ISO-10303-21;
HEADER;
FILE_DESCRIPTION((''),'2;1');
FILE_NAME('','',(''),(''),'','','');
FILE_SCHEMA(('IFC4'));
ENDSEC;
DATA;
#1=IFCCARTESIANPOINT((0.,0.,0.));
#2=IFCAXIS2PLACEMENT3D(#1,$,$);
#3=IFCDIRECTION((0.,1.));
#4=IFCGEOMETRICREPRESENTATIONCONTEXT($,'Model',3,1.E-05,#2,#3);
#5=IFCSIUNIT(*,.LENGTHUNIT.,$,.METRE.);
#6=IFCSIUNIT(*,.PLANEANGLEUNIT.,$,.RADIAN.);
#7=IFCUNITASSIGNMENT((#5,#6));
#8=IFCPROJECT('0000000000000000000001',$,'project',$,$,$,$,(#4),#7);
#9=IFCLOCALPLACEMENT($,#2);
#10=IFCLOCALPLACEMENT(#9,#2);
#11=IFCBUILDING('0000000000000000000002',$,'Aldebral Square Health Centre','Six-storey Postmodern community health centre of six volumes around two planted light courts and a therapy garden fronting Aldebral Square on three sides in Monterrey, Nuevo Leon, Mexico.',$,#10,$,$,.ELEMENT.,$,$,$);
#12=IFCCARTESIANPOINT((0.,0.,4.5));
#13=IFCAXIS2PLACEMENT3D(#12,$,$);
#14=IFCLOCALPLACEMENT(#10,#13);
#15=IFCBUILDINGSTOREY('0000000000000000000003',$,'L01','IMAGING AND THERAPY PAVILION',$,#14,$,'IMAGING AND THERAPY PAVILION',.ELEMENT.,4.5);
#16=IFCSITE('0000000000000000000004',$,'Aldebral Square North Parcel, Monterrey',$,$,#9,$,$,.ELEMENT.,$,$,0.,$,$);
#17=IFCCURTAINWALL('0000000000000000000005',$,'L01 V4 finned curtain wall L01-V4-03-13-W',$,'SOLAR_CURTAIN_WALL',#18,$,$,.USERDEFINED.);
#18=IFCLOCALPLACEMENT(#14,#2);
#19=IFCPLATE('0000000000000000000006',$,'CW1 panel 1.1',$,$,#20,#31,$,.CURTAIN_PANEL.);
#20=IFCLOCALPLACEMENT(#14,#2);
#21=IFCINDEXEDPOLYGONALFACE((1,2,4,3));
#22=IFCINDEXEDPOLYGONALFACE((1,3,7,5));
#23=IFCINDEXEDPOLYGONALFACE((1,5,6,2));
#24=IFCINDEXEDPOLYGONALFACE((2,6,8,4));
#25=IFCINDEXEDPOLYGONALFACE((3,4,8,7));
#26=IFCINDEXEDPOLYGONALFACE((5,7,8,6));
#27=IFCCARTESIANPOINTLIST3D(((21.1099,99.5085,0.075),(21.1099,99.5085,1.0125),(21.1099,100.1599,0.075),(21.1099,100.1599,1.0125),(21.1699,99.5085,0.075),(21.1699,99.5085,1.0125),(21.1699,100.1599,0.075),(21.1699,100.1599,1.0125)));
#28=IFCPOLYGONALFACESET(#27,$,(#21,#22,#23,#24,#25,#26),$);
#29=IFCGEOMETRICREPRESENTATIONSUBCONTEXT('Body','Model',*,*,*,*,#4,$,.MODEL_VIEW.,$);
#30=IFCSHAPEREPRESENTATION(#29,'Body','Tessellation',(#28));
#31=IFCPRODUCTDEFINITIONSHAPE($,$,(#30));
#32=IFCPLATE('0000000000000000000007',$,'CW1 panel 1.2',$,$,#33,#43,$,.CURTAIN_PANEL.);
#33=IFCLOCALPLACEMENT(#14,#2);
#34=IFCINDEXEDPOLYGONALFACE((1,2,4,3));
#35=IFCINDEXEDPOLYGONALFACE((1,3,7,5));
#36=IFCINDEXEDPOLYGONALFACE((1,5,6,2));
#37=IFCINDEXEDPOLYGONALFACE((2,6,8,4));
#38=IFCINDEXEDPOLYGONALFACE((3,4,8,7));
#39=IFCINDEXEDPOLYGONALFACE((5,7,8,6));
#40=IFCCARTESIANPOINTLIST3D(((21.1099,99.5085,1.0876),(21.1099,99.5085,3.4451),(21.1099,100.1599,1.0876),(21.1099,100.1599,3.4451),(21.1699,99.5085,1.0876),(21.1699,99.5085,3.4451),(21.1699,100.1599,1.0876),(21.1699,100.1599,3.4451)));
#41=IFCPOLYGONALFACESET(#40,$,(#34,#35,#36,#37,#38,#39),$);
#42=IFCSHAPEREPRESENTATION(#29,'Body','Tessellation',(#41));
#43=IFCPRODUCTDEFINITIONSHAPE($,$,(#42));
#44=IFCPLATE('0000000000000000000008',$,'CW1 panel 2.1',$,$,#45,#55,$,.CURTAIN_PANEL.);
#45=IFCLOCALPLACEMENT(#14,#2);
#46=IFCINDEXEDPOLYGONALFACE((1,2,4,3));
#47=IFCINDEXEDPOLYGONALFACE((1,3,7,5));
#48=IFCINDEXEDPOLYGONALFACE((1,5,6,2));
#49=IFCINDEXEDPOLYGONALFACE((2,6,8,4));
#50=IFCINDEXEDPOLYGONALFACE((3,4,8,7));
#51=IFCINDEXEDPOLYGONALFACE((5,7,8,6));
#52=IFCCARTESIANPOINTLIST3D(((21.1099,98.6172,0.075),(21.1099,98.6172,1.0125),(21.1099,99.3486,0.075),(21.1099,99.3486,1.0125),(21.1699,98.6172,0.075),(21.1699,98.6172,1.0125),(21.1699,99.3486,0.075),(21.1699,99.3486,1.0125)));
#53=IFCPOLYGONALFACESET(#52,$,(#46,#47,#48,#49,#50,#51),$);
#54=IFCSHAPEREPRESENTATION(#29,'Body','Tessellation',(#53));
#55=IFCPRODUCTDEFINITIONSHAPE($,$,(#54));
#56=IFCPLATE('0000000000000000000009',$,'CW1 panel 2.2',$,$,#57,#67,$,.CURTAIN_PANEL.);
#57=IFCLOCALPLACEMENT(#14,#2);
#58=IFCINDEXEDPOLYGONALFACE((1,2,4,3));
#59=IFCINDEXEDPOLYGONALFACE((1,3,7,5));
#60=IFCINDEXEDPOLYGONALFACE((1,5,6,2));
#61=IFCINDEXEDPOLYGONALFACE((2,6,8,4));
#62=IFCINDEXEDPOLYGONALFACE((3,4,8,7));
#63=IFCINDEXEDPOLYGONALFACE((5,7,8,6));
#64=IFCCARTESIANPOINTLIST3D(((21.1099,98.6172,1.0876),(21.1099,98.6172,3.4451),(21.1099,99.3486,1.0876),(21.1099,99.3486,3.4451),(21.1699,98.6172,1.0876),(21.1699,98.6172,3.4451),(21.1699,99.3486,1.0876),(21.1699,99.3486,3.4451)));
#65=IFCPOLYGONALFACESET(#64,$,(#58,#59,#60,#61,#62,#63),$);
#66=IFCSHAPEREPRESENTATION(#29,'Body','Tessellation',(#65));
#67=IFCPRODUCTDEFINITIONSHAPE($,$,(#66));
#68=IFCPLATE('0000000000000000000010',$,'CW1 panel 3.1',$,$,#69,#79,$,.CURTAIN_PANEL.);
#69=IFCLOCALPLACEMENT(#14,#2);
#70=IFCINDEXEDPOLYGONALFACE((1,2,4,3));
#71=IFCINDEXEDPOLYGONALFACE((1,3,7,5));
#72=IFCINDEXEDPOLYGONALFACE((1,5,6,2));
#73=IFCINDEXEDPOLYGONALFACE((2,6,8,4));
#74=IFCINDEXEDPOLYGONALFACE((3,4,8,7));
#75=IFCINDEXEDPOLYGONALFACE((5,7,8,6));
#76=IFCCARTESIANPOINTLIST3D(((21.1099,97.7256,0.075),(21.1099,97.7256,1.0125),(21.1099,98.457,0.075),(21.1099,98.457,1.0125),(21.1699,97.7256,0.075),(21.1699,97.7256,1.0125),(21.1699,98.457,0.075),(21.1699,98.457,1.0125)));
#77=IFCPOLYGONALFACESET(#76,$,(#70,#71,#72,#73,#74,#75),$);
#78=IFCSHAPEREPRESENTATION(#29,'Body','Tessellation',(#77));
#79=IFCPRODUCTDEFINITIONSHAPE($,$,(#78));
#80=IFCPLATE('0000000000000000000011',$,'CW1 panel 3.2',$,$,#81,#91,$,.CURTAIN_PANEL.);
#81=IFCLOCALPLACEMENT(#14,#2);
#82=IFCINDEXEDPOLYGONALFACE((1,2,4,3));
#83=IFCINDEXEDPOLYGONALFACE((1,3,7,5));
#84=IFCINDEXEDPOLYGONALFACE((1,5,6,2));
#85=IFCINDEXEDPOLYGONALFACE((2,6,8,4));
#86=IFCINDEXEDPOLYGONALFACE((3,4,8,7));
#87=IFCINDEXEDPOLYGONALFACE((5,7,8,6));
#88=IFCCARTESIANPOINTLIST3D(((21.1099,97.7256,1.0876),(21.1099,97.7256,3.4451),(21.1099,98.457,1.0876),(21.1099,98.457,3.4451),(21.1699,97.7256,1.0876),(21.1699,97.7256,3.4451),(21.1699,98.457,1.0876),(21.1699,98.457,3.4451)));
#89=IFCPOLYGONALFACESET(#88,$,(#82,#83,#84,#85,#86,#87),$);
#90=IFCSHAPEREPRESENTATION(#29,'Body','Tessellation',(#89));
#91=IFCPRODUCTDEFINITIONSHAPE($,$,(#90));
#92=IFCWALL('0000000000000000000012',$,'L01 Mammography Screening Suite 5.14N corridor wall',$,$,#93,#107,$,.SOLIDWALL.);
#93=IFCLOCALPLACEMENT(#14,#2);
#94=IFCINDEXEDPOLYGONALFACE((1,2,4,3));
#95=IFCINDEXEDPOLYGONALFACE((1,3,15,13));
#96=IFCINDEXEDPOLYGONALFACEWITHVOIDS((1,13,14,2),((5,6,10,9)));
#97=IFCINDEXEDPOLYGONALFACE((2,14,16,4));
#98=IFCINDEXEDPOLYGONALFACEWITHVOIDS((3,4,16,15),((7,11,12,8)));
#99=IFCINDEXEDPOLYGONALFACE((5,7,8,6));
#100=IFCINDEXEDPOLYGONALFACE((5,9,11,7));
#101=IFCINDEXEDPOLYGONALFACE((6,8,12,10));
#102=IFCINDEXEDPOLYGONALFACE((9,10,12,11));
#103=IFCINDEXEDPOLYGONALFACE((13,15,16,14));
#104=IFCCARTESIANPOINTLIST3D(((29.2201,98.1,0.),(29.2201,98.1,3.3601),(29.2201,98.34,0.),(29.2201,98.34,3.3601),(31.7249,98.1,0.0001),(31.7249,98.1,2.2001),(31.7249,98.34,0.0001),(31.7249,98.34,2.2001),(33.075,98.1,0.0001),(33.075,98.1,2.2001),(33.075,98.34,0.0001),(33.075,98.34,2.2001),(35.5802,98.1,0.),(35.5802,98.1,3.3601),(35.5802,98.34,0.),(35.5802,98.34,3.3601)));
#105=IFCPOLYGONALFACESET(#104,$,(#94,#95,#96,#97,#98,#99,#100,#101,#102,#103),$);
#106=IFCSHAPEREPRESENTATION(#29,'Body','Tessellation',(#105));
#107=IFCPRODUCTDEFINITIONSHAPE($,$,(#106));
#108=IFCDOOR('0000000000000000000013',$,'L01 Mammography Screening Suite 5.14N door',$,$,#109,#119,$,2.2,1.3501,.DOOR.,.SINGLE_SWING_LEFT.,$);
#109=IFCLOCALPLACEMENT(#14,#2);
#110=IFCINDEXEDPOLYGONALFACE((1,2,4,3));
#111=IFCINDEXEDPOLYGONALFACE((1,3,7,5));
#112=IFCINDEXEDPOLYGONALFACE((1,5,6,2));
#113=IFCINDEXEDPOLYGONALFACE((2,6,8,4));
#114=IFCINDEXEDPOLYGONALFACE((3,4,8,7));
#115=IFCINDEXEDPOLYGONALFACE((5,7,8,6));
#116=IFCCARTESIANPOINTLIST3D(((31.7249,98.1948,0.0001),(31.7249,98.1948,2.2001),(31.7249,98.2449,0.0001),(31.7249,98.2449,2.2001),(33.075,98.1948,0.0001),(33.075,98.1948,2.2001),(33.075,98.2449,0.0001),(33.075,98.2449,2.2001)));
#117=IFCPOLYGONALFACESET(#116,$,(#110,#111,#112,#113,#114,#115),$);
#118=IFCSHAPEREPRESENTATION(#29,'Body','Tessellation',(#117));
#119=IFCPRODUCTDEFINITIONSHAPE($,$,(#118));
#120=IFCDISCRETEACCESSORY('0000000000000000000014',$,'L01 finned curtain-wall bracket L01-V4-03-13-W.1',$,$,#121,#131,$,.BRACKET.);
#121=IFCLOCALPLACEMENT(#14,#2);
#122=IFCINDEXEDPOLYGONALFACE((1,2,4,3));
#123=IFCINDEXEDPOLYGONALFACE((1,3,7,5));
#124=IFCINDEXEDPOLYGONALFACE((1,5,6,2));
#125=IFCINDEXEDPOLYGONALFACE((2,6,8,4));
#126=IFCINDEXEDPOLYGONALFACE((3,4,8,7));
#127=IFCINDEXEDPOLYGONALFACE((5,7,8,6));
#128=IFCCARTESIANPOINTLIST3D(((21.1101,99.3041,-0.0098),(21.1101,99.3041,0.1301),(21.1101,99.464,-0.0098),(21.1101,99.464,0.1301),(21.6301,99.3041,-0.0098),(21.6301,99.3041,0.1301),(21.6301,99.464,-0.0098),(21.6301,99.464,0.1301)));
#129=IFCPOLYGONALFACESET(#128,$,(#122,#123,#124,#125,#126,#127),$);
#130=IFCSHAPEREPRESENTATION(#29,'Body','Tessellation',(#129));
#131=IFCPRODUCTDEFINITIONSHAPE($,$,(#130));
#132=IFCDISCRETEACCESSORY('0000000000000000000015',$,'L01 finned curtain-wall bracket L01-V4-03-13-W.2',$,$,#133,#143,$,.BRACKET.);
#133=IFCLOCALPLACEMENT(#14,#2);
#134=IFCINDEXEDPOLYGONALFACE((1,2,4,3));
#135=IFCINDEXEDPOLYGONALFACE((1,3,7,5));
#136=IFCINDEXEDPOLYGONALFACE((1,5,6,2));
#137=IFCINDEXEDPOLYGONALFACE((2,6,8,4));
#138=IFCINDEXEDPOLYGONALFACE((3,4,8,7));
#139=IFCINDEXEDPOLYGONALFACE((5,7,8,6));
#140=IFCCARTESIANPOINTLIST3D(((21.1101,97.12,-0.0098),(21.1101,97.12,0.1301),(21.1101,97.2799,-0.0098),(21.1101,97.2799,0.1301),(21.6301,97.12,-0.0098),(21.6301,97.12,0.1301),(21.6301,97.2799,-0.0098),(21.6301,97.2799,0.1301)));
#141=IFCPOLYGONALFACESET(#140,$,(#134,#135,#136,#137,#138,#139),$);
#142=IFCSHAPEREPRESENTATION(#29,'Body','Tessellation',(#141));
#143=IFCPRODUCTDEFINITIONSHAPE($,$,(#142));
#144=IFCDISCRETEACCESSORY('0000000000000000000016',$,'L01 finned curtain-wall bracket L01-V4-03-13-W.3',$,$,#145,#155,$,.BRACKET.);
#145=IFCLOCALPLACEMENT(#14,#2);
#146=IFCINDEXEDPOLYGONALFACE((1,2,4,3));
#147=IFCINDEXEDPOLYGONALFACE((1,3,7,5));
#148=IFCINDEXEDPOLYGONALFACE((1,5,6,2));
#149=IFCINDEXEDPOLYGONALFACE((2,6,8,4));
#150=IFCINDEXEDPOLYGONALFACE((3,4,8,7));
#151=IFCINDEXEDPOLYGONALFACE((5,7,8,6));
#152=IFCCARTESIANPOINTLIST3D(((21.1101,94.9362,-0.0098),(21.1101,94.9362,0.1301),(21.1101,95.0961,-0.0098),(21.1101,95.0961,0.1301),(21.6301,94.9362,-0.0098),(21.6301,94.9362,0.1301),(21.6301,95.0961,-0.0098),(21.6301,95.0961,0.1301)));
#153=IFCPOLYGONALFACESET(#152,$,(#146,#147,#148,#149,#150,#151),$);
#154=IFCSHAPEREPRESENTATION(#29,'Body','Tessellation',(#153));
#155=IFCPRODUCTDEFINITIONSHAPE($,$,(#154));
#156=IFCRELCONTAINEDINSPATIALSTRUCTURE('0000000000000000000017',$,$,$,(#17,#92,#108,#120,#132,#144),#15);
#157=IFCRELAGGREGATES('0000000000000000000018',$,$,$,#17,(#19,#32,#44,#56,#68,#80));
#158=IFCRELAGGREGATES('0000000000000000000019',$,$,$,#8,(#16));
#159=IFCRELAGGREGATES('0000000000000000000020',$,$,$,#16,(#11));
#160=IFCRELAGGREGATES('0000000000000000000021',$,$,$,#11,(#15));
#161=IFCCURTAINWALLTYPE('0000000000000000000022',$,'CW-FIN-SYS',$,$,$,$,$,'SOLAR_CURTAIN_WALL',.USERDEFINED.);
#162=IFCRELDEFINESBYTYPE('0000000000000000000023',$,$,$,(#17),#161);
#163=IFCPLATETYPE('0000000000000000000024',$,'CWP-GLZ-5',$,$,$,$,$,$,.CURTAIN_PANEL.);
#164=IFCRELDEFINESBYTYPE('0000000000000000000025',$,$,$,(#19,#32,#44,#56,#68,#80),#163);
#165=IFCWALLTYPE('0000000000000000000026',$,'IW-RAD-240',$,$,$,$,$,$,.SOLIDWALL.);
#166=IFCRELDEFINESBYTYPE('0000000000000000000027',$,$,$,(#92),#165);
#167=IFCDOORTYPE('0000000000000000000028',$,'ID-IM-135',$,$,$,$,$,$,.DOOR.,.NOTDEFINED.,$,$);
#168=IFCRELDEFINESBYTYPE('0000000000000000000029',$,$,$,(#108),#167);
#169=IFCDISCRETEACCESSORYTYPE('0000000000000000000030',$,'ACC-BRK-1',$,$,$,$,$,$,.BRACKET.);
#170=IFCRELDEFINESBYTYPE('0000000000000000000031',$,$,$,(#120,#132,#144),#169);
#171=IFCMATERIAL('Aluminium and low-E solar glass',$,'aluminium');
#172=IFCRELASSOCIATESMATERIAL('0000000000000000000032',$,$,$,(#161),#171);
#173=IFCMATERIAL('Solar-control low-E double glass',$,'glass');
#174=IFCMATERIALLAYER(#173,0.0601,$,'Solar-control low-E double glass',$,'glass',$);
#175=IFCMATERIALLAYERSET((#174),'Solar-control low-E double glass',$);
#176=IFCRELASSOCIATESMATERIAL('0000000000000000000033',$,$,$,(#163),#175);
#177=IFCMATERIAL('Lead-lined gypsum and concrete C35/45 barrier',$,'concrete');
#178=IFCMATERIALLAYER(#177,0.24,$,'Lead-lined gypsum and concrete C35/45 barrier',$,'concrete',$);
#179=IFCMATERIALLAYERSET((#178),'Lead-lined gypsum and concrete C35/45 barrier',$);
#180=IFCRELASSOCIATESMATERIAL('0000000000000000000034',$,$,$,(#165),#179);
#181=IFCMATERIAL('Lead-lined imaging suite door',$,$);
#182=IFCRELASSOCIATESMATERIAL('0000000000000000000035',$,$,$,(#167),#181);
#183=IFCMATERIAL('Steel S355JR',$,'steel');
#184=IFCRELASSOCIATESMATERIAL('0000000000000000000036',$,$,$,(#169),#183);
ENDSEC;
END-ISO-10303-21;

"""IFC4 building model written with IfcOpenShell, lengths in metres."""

from ifc_helpers import new_model, si_unit, direction, frame, frame_2d, origin, origin_2d, place, context, subcontext, project, spatial, rectangle, extrude, material, layer, layer_set, type_object, element, fill, aggregate, save


model = new_model("IFC4")

# Units and contexts
model_context = context("Model", 3, precision=1e-05, world=origin(), true_north=direction((0.0, 1.0)))
body_context = subcontext(model_context, "Body", "Model", "MODEL_VIEW")
ifc_project = project(units=[si_unit("LENGTHUNIT", "METRE"), si_unit("PLANEANGLEUNIT", "RADIAN")], contexts=[model_context])

# Site, building, storey
site_placement = place(None, origin())
site = spatial("IfcSite", under=ifc_project, at=site_placement, Name="Aldebral Square North Parcel, Monterrey", CompositionType="ELEMENT", RefElevation=0.0)
building_placement = place(site_placement, origin())
building = spatial("IfcBuilding", under=site, at=building_placement, Name="Aldebral Square Health Centre", Description="Six-storey Postmodern community health centre of six volumes around two planted light courts and a therapy garden fronting Aldebral Square on three sides in Monterrey, Nuevo Leon, Mexico.", CompositionType="ELEMENT")
storey_placement = place(building_placement, frame((0.0, 0.0, 4.5)))
storey = spatial("IfcBuildingStorey", under=building, at=storey_placement, Name="L01", Description="IMAGING AND THERAPY PAVILION", LongName="IMAGING AND THERAPY PAVILION", CompositionType="ELEMENT", Elevation=4.5)

# Curtain wall, plates
ifc_material_1 = material(Name="Aluminium and low-E solar glass", Category="aluminium")
curtain_wall_type = type_object("IfcCurtainWallType", Name="CW-FIN-SYS", ElementType="SOLAR_CURTAIN_WALL", PredefinedType="USERDEFINED", material=ifc_material_1)
curtain_wall_placement = place(storey_placement, origin())
curtain_wall = element("IfcCurtainWall", 1, at=curtain_wall_placement, inside=storey, type_object=curtain_wall_type, Name="L01 V4 finned curtain wall L01-V4-03-13-W", ObjectType="SOLAR_CURTAIN_WALL", PredefinedType="USERDEFINED")
ifc_material_2 = material(Name="Solar-control low-E double glass", Category="glass")
ifc_layer_1 = layer(ifc_material_2, 0.0601, Name="Solar-control low-E double glass", Category="glass")
ifc_layer_set_1 = layer_set([ifc_layer_1], Name="Solar-control low-E double glass")
plate_type = type_object("IfcPlateType", Name="CWP-GLZ-5", PredefinedType="CURTAIN_PANEL", material=ifc_layer_set_1)
plate_1_placement = place(storey_placement, frame((21.1399, 99.8342, 0.075), z_axis=(0.0, 0.0, 1.0), x_axis=(0.0, -1.0, 0.0)))
plate_1 = element("IfcPlate", 2, at=plate_1_placement, type_object=plate_type, Name="CW1 panel 1.1", PredefinedType="CURTAIN_PANEL", context=body_context, shape_type="SweptSolid", body=[
    extrude(rectangle(XDim=0.6514, YDim=0.0601, at=origin_2d()), origin(), (0.0, 0.0, 1.0), 0.9375),
])
plate_2_placement = place(storey_placement, frame((21.1399, 99.8342, 1.0876), z_axis=(0.0, 0.0, 1.0), x_axis=(0.0, -1.0, 0.0)))
plate_2 = element("IfcPlate", 3, at=plate_2_placement, type_object=plate_type, Name="CW1 panel 1.2", PredefinedType="CURTAIN_PANEL", context=body_context, shape_type="SweptSolid", body=[
    extrude(rectangle(XDim=0.6514, YDim=0.0601, at=origin_2d()), origin(), (0.0, 0.0, 1.0), 2.3574),
])
plate_3_placement = place(storey_placement, frame((21.1399, 98.9829, 0.075), z_axis=(0.0, 0.0, 1.0), x_axis=(0.0, -1.0, 0.0)))
plate_3 = element("IfcPlate", 4, at=plate_3_placement, type_object=plate_type, Name="CW1 panel 2.1", PredefinedType="CURTAIN_PANEL", context=body_context, shape_type="SweptSolid", body=[
    extrude(rectangle(XDim=0.7314, YDim=0.0601, at=origin_2d()), origin(), (0.0, 0.0, 1.0), 0.9375),
])
plate_4_placement = place(storey_placement, frame((21.1399, 98.9829, 1.0876), z_axis=(0.0, 0.0, 1.0), x_axis=(0.0, -1.0, 0.0)))
plate_4 = element("IfcPlate", 5, at=plate_4_placement, type_object=plate_type, Name="CW1 panel 2.2", PredefinedType="CURTAIN_PANEL", context=body_context, shape_type="SweptSolid", body=[
    extrude(rectangle(XDim=0.7314, YDim=0.0601, at=origin_2d()), origin(), (0.0, 0.0, 1.0), 2.3574),
])
plate_5_placement = place(storey_placement, frame((21.1399, 98.0913, 0.075), z_axis=(0.0, 0.0, 1.0), x_axis=(0.0, -1.0, 0.0)))
plate_5 = element("IfcPlate", 6, at=plate_5_placement, type_object=plate_type, Name="CW1 panel 3.1", PredefinedType="CURTAIN_PANEL", context=body_context, shape_type="SweptSolid", body=[
    extrude(rectangle(XDim=0.7314, YDim=0.0601, at=origin_2d()), origin(), (0.0, 0.0, 1.0), 0.9375),
])
plate_6_placement = place(storey_placement, frame((21.1399, 98.0913, 1.0876), z_axis=(0.0, 0.0, 1.0), x_axis=(0.0, -1.0, 0.0)))
plate_6 = element("IfcPlate", 7, at=plate_6_placement, type_object=plate_type, Name="CW1 panel 3.2", PredefinedType="CURTAIN_PANEL", context=body_context, shape_type="SweptSolid", body=[
    extrude(rectangle(XDim=0.7314, YDim=0.0601, at=origin_2d()), origin(), (0.0, 0.0, 1.0), 2.3574),
])
aggregate(curtain_wall, [plate_1, plate_2, plate_3, plate_4, plate_5, plate_6])

# Wall, opening, door
ifc_material_3 = material(Name="Lead-lined gypsum and concrete C35/45 barrier", Category="concrete")
ifc_layer_2 = layer(ifc_material_3, 0.24, Name="Lead-lined gypsum and concrete C35/45 barrier", Category="concrete")
ifc_layer_set_2 = layer_set([ifc_layer_2], Name="Lead-lined gypsum and concrete C35/45 barrier")
wall_type = type_object("IfcWallType", Name="IW-RAD-240", PredefinedType="SOLIDWALL", material=ifc_layer_set_2)
wall_1_placement = place(storey_placement, frame((29.22, 98.22, 0.0), z_axis=(0.0, 0.0, 1.0), x_axis=(1.0, 0.0, 0.0)))
wall_1 = element("IfcWall", 8, at=wall_1_placement, inside=storey, type_object=wall_type, Name="L01 Mammography Screening Suite 5.14N corridor wall", PredefinedType="SOLIDWALL", context=body_context, shape_type="SweptSolid", body=[
    extrude(rectangle(XDim=6.3601, YDim=0.24, at=frame_2d((3.1802, 0.0))), origin(), (0.0, 0.0, 1.0), 3.3601),
])
opening_1_placement = place(wall_1_placement, frame((2.5049, 0.0, 0.0)))
opening_1 = element("IfcOpeningElement", 9, at=opening_1_placement, cuts=wall_1, PredefinedType="OPENING", context=body_context, shape_type="SweptSolid", body=[
    extrude(rectangle(XDim=1.3501, YDim=2.2, at=frame_2d((0.675, 1.1001))), frame((0.0, 0.1299, 0.0), z_axis=(0.0, -1.0, 0.0), x_axis=(1.0, 0.0, 0.0)), (0.0, 0.0, 1.0), 0.26),
])
ifc_material_4 = material(Name="Lead-lined imaging suite door")
door_type_1 = type_object("IfcDoorType", Name="ID-IM-135", OperationType="NOTDEFINED", PredefinedType="DOOR", material=ifc_material_4)
door_1_placement = place(opening_1_placement, origin())
door_1 = element("IfcDoor", 10, at=door_1_placement, inside=storey, type_object=door_type_1, Name="L01 Mammography Screening Suite 5.14N door", OperationType="SINGLE_SWING_LEFT", OverallHeight=2.2, OverallWidth=1.3501, PredefinedType="DOOR", context=body_context, shape_type="SweptSolid", body=[
    extrude(rectangle(XDim=1.3501, YDim=2.2, at=frame_2d((0.675, 1.1001))), frame((0.0, 0.0249, 0.0), z_axis=(0.0, -1.0, 0.0), x_axis=(1.0, 0.0, 0.0)), (0.0, 0.0, 1.0), 0.05),
])
fill(opening_1, door_1)

# Discrete accessories
ifc_material_5 = material(Name="Steel S355JR", Category="steel")
discrete_accessory_type = type_object("IfcDiscreteAccessoryType", Name="ACC-BRK-1", PredefinedType="BRACKET", material=ifc_material_5)
for number, where, z_axis, x_axis, name in (
    (11, (21.3701, 99.384, -0.0098), (0.0, 0.0, 1.0), (0.0, 1.0, 0.0), "L01 finned curtain-wall bracket L01-V4-03-13-W.1"),
    (12, (21.3701, 97.2, -0.0098), (0.0, 0.0, 1.0), (0.0, 1.0, 0.0), "L01 finned curtain-wall bracket L01-V4-03-13-W.2"),
    (13, (21.3701, 95.0161, -0.0098), (0.0, 0.0, 1.0), (0.0, 1.0, 0.0), "L01 finned curtain-wall bracket L01-V4-03-13-W.3"),
):
    element("IfcDiscreteAccessory", number, at=place(storey_placement, frame(where, z_axis=z_axis, x_axis=x_axis)), inside=storey, type_object=discrete_accessory_type, Name=name, PredefinedType="BRACKET", context=body_context, shape_type="SweptSolid", body=[
        extrude(rectangle(XDim=0.1599, YDim=0.52, at=origin_2d()), origin(), (0.0, 0.0, 1.0), 0.1399),
    ])

save(model, "model.ifc")
